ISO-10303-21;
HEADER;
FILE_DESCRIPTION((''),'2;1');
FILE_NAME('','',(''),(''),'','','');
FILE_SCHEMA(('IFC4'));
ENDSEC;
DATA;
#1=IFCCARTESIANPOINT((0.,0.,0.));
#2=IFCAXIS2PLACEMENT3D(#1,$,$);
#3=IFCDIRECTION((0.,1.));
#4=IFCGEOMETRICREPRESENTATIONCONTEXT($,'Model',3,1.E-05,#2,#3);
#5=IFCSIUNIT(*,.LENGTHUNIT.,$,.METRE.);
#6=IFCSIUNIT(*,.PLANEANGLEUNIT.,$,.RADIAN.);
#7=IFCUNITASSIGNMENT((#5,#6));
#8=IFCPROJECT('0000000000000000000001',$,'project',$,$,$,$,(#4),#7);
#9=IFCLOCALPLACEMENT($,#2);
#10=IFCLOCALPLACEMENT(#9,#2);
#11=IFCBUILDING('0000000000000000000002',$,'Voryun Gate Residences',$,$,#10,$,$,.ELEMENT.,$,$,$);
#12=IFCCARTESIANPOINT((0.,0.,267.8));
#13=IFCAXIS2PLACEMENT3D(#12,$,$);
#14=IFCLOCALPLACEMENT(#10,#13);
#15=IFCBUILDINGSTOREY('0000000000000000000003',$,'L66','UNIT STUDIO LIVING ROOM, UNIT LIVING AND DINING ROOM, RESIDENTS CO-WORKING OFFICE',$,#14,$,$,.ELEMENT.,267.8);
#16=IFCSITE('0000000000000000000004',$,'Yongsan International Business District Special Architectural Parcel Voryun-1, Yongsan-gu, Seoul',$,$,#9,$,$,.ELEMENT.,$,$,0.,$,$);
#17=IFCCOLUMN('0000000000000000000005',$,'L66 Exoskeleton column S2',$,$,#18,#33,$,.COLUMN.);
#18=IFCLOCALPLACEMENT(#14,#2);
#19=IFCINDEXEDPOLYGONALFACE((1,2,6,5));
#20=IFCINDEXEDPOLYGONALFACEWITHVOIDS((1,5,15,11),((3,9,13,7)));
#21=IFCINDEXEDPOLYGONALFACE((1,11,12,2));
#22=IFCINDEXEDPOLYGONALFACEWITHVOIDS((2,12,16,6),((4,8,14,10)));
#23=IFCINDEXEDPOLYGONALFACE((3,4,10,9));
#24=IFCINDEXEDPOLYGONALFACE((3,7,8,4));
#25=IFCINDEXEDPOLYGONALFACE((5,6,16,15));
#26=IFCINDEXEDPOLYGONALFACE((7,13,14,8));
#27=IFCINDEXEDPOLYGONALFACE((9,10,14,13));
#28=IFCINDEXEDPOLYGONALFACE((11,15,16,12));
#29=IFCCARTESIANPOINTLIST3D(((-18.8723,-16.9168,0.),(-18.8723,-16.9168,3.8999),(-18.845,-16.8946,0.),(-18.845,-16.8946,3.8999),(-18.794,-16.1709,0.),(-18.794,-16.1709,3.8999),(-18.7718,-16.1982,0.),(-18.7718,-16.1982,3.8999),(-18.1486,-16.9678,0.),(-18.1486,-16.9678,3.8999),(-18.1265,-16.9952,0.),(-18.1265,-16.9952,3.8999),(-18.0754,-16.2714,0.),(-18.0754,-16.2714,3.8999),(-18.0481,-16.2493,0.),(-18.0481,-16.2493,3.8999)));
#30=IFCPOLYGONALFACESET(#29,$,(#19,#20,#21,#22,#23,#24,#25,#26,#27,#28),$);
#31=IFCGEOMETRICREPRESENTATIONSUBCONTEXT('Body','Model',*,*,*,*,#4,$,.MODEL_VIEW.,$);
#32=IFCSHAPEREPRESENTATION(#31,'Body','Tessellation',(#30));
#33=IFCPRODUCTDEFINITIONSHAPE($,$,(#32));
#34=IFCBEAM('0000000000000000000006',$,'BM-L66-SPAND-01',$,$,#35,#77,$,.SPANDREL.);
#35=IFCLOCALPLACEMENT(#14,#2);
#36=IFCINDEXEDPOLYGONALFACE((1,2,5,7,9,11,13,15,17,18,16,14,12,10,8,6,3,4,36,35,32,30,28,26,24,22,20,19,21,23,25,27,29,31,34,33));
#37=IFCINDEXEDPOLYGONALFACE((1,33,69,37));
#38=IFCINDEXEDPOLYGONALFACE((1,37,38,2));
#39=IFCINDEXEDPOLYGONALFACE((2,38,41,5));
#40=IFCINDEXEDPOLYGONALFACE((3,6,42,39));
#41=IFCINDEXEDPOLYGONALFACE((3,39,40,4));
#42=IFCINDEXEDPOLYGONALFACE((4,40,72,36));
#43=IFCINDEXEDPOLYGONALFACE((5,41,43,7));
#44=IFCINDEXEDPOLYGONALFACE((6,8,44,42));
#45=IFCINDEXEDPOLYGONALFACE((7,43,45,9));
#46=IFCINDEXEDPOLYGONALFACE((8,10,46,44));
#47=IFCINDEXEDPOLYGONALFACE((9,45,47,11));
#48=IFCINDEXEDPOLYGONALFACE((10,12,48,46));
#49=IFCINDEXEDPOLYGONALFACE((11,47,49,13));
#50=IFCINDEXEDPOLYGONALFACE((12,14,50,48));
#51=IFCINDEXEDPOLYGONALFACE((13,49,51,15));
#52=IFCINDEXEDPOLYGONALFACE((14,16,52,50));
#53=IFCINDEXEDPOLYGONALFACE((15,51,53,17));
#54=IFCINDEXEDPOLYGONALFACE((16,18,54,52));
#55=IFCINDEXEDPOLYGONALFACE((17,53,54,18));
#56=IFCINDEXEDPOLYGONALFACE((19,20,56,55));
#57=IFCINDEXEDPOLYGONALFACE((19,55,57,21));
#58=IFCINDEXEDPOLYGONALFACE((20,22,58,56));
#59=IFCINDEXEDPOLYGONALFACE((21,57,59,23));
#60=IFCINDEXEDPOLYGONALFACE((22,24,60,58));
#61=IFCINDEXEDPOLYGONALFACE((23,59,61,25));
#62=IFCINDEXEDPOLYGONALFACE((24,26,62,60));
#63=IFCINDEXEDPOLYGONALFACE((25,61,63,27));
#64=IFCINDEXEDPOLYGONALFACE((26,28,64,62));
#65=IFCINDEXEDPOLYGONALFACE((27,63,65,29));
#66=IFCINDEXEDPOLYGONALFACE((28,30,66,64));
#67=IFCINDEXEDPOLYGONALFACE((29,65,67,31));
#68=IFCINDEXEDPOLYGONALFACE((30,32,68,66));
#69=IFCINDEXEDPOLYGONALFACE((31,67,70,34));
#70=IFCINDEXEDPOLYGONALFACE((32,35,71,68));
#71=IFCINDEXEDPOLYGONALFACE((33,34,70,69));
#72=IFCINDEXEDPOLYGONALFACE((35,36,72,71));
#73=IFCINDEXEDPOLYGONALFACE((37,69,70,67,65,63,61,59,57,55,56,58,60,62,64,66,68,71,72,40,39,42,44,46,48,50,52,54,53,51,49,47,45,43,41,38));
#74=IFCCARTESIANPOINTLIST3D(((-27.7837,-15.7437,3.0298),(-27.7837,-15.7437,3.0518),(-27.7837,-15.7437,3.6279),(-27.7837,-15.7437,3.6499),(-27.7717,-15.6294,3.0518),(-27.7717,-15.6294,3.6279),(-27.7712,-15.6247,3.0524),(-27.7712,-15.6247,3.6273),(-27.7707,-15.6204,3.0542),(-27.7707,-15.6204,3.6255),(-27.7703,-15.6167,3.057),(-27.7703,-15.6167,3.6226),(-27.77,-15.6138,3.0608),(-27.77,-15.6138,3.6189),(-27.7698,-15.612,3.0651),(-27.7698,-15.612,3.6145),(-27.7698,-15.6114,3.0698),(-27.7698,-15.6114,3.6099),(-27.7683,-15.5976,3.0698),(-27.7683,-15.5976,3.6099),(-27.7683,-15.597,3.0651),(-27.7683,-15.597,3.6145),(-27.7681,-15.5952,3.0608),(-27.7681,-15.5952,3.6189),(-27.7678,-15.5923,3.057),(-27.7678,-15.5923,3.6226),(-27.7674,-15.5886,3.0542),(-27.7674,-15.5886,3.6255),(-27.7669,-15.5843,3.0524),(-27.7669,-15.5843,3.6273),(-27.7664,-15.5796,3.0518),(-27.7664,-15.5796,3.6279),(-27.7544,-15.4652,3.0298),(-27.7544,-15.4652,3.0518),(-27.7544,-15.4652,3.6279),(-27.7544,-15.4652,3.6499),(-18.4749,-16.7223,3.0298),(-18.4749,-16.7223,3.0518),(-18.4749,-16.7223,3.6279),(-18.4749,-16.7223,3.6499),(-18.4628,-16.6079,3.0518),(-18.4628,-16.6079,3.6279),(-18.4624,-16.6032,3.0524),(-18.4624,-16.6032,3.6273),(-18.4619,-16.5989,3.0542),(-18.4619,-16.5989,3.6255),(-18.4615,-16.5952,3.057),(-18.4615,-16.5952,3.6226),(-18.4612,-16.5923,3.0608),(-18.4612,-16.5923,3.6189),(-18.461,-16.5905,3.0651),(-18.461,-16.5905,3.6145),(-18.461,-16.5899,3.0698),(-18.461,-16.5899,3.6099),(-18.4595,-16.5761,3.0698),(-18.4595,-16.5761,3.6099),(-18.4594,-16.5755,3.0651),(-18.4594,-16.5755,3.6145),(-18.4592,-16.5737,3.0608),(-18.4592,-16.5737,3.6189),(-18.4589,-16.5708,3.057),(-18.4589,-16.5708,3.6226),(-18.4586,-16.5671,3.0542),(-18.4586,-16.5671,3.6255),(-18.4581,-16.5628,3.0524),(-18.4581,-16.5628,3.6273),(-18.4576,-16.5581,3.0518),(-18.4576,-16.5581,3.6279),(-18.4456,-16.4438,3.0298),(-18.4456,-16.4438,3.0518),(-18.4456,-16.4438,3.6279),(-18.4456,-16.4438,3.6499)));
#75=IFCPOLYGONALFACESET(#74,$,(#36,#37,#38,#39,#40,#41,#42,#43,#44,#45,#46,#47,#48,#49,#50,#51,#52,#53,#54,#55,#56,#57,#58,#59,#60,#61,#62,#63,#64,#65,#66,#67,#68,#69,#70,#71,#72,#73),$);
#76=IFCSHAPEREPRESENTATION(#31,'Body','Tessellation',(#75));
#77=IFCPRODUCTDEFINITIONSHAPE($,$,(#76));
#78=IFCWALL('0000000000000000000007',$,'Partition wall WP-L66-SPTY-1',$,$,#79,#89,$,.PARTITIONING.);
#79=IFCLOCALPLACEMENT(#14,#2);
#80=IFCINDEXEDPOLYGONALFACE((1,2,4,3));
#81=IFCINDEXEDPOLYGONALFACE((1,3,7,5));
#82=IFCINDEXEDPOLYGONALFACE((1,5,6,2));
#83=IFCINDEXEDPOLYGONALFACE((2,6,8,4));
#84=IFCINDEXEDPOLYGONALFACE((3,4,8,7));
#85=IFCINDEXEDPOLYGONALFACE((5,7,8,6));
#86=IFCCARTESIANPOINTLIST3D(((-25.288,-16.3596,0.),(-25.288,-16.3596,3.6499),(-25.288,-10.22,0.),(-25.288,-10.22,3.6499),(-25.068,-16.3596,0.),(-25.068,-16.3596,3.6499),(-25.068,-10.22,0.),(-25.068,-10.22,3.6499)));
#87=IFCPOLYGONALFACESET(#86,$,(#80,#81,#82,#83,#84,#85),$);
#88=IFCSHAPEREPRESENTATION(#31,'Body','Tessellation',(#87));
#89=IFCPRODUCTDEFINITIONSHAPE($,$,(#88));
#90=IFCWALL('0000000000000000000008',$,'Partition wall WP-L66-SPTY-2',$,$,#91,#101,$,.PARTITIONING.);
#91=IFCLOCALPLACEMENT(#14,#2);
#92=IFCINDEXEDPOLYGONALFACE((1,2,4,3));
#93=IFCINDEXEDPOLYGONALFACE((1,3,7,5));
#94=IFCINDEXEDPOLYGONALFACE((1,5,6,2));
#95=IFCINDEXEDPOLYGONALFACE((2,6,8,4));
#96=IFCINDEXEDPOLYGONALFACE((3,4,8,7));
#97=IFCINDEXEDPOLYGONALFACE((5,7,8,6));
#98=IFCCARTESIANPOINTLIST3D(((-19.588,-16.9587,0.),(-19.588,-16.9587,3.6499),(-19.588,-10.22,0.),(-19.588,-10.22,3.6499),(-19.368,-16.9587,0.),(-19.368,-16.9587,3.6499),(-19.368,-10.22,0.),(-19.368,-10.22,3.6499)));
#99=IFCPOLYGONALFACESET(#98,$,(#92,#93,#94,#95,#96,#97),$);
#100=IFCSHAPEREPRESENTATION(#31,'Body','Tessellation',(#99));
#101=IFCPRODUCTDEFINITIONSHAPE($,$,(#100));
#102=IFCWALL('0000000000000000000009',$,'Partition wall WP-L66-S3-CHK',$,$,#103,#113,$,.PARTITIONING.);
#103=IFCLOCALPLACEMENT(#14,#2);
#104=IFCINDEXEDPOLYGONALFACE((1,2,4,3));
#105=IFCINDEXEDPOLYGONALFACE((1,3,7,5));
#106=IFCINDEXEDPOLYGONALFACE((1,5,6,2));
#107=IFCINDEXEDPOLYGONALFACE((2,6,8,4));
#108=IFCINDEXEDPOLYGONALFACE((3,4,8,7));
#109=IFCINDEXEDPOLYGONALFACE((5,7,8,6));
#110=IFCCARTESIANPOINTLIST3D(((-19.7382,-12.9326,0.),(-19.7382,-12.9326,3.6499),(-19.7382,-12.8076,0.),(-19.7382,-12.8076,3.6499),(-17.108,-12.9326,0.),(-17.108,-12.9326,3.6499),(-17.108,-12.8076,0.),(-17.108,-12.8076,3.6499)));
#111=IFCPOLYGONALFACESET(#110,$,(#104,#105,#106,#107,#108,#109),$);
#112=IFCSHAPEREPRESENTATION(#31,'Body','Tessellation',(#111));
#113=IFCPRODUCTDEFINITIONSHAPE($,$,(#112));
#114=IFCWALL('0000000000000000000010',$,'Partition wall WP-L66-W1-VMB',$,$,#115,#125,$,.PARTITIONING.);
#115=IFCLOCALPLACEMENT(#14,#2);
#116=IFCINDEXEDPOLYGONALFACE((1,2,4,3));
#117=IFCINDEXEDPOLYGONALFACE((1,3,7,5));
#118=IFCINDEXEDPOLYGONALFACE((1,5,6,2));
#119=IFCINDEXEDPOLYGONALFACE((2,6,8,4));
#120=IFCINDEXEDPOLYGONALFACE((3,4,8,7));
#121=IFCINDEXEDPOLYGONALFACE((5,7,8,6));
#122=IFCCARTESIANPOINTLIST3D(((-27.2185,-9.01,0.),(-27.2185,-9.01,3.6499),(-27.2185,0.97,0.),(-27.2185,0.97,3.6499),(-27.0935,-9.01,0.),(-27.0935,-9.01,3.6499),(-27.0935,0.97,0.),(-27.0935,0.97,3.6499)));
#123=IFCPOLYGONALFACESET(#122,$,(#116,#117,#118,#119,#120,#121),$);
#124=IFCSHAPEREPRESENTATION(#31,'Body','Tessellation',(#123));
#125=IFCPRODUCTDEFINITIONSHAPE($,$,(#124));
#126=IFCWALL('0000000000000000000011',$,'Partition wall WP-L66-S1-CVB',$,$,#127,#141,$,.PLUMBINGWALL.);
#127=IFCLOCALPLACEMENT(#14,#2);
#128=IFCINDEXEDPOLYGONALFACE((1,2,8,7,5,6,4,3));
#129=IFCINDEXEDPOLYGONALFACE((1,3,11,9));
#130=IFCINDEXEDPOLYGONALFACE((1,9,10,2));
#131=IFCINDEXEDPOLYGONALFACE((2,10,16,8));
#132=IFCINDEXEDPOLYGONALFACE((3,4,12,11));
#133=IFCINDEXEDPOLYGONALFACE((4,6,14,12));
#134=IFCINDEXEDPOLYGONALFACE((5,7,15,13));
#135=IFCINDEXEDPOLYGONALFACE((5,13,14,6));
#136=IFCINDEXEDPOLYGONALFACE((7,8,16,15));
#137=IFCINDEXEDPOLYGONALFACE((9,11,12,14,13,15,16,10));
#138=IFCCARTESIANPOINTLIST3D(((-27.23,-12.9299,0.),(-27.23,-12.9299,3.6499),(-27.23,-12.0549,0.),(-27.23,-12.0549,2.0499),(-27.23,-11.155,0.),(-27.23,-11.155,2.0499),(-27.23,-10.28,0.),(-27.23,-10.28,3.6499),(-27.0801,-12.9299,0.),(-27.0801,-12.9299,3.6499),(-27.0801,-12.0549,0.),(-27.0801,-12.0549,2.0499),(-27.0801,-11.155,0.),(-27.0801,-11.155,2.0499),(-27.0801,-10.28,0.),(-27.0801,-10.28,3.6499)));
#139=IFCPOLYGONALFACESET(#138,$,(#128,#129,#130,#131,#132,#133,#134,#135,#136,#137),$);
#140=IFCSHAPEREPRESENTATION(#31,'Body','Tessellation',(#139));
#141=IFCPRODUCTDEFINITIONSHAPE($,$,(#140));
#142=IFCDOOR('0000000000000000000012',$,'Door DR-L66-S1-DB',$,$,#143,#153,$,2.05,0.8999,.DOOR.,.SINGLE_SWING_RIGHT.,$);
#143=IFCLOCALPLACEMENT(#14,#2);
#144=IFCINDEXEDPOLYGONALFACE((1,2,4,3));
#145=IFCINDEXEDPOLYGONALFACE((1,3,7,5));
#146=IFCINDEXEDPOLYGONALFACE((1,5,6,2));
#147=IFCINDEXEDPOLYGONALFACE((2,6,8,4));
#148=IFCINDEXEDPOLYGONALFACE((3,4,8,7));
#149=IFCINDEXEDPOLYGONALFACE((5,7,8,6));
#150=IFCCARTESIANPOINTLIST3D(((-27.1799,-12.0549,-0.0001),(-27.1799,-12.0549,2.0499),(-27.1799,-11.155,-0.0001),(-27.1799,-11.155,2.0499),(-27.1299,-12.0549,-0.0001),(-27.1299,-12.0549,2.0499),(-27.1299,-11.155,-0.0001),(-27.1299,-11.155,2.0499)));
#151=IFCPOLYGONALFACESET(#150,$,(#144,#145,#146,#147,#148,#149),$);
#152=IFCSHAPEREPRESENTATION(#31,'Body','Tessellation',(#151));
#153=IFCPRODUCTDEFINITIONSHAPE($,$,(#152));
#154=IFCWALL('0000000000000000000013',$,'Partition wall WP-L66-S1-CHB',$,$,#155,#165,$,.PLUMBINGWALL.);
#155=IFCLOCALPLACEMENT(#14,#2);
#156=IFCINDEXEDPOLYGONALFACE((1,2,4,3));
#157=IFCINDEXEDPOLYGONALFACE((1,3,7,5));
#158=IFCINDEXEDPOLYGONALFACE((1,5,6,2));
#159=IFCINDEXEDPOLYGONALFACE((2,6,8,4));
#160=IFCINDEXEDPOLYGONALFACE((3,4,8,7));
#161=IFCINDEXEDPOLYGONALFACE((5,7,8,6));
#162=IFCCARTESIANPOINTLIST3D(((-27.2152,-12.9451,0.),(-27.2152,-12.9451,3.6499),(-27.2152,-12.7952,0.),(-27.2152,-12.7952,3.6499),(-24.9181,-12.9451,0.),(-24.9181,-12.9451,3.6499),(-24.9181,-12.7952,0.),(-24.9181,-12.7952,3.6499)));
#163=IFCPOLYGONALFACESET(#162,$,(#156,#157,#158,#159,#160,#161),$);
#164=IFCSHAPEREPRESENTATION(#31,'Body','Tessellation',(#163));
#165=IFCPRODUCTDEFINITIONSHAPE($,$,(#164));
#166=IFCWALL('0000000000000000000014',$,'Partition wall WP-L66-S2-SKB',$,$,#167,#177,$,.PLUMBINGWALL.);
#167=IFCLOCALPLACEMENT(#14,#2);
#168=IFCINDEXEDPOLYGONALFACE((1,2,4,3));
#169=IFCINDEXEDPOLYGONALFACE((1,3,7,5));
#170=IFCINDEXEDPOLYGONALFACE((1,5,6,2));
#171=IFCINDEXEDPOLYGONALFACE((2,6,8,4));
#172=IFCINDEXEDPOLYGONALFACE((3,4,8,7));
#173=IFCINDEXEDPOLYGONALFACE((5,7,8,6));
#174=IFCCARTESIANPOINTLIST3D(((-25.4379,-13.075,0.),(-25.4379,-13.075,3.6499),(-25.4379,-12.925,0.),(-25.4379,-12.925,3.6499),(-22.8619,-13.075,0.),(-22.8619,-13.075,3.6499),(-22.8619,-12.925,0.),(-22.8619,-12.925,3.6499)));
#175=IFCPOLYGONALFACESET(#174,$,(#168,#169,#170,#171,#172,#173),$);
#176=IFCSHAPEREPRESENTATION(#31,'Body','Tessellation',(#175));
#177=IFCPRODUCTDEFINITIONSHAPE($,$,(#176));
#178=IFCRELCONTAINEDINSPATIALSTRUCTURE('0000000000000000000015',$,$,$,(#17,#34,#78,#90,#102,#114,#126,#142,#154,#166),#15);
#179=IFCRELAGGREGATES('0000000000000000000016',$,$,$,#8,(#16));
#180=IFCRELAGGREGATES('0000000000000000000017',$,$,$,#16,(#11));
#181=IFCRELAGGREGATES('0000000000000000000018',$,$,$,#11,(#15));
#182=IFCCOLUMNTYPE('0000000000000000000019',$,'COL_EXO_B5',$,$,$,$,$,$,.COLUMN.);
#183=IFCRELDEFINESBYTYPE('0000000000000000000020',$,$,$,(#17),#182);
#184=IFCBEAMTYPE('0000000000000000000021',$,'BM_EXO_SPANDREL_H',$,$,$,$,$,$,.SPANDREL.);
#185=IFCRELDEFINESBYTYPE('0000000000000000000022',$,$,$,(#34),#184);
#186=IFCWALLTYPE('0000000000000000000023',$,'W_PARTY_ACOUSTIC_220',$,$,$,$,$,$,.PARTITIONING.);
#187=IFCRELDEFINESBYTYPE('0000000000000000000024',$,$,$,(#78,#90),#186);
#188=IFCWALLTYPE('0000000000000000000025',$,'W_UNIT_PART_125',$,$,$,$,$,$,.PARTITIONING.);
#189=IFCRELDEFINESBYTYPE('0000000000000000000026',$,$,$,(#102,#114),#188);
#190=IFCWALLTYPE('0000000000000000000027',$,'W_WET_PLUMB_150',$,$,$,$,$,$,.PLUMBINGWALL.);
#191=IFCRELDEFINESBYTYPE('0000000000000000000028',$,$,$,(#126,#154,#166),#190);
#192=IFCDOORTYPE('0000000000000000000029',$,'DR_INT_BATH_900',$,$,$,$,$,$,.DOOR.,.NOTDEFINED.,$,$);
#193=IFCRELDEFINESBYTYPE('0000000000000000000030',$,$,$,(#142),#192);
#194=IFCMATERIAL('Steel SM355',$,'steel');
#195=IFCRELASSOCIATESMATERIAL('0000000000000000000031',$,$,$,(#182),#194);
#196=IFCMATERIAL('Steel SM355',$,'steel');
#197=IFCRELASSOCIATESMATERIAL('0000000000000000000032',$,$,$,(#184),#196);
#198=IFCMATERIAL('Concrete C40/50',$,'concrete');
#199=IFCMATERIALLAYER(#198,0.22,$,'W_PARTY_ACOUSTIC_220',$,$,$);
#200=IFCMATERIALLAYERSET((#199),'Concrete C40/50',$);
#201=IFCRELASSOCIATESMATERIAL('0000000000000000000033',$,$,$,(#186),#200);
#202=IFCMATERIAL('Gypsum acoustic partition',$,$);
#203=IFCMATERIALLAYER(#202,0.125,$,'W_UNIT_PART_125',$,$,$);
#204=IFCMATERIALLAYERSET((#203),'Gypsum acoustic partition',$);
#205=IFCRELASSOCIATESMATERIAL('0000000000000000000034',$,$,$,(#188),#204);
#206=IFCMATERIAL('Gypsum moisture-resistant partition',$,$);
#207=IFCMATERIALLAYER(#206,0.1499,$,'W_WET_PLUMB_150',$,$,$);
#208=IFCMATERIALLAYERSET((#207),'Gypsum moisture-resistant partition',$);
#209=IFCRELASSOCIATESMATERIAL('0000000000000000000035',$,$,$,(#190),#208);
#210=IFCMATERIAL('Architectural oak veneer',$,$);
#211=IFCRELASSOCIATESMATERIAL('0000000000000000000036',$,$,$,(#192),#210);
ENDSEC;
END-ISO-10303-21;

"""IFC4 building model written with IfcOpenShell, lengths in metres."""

from ifc_helpers import new_model, si_unit, direction, frame, frame_2d, origin, origin_2d, place, context, subcontext, project, spatial, rectangle, hollow_rectangle, i_section, extrude, material, layer, layer_set, material_profile, profile_set, type_object, element, fill, save


model = new_model("IFC4")

# Units and contexts
model_context = context("Model", 3, precision=1e-05, world=origin(), true_north=direction((0.0, 1.0)))
body_context = subcontext(model_context, "Body", "Model", "MODEL_VIEW")
ifc_project = project(units=[si_unit("LENGTHUNIT", "METRE"), si_unit("PLANEANGLEUNIT", "RADIAN")], contexts=[model_context])

# Site, building, storey
site_placement = place(None, origin())
site = spatial("IfcSite", under=ifc_project, at=site_placement, Name="Yongsan International Business District Special Architectural Parcel Voryun-1, Yongsan-gu, Seoul", CompositionType="ELEMENT", RefElevation=0.0)
building_placement = place(site_placement, origin())
building = spatial("IfcBuilding", under=site, at=building_placement, Name="Voryun Gate Residences", CompositionType="ELEMENT")
storey_placement = place(building_placement, frame((0.0, 0.0, 267.8)))
storey = spatial("IfcBuildingStorey", under=building, at=storey_placement, Name="L66", Description="UNIT STUDIO LIVING ROOM, UNIT LIVING AND DINING ROOM, RESIDENTS CO-WORKING OFFICE", CompositionType="ELEMENT", Elevation=267.8)

# Column
ifc_material_1 = material(Name="Steel SM355", Category="steel")
ifc_material_profile_1 = material_profile(ifc_material_1, hollow_rectangle(XDim=0.75, YDim=0.75, WallThickness=0.0249, at=origin_2d()), Name="BOX-750x750x25")
ifc_profile_set_1 = profile_set([ifc_material_profile_1], Name="Steel SM355")
column_type = type_object("IfcColumnType", Name="COL_EXO_B5", PredefinedType="COLUMN", material=ifc_profile_set_1)
column_placement = place(storey_placement, frame((-18.4602, -16.583, 0.0), z_axis=(0.0, 0.0, 1.0), x_axis=(0.994522, -0.104528, 0.0)))
element("IfcColumn", 1, at=column_placement, inside=storey, type_object=column_type, Name="L66 Exoskeleton column S2", PredefinedType="COLUMN", context=body_context, shape_type="SweptSolid", body=[
    extrude(hollow_rectangle(XDim=0.75, YDim=0.75, WallThickness=0.0249, at=origin_2d()), origin(), (0.0, 0.0, 1.0), 3.8999),
])

# Beam
ifc_material_2 = material(Name="Steel SM355", Category="steel")
ifc_material_profile_2 = material_profile(ifc_material_2, i_section(OverallWidth=0.28, OverallDepth=0.6201, WebThickness=0.0139, FlangeThickness=0.022, FilletRadius=0.0181, at=origin_2d()), Name="H-620x280x14x22")
ifc_profile_set_2 = profile_set([ifc_material_profile_2], Name="Steel SM355")
beam_type = type_object("IfcBeamType", Name="BM_EXO_SPANDREL_H", PredefinedType="SPANDREL", material=ifc_profile_set_2)
beam_placement = place(storey_placement, frame((-27.769, -15.6045, 3.3398), z_axis=(0.994521, -0.104541, 0.0), x_axis=(0.104541, 0.994521, 0.0)))
element("IfcBeam", 2, at=beam_placement, inside=storey, type_object=beam_type, Name="BM-L66-SPAND-01", PredefinedType="SPANDREL", context=body_context, shape_type="SweptSolid", body=[
    extrude(i_section(OverallWidth=0.28, OverallDepth=0.6201, WebThickness=0.0139, FlangeThickness=0.022, FilletRadius=0.0181, at=origin_2d()), origin(), (0.0, 0.0, 1.0), 9.3601),
])

# Walls
ifc_material_3 = material(Name="Concrete C40/50", Category="concrete")
ifc_layer_1 = layer(ifc_material_3, 0.22, Name="W_PARTY_ACOUSTIC_220")
ifc_layer_set_1 = layer_set([ifc_layer_1], Name="Concrete C40/50")
wall_type_1 = type_object("IfcWallType", Name="W_PARTY_ACOUSTIC_220", PredefinedType="PARTITIONING", material=ifc_layer_set_1)
wall_1_placement = place(storey_placement, frame((-25.178, -16.3596, 0.0), z_axis=(0.0, 0.0, 1.0), x_axis=(0.0, 1.0, 0.0)))
element("IfcWall", 3, at=wall_1_placement, inside=storey, type_object=wall_type_1, Name="Partition wall WP-L66-SPTY-1", PredefinedType="PARTITIONING", context=body_context, shape_type="SweptSolid", body=[
    extrude(rectangle(XDim=6.1396, YDim=0.22, at=frame_2d((3.0698, 0.0))), origin(), (0.0, 0.0, 1.0), 3.6499),
])
wall_2_placement = place(storey_placement, frame((-19.478, -16.9587, 0.0), z_axis=(0.0, 0.0, 1.0), x_axis=(0.0, 1.0, 0.0)))
element("IfcWall", 4, at=wall_2_placement, inside=storey, type_object=wall_type_1, Name="Partition wall WP-L66-SPTY-2", PredefinedType="PARTITIONING", context=body_context, shape_type="SweptSolid", body=[
    extrude(rectangle(XDim=6.7388, YDim=0.22, at=frame_2d((3.3694, 0.0))), origin(), (0.0, 0.0, 1.0), 3.6499),
])
ifc_material_4 = material(Name="Gypsum acoustic partition")
ifc_layer_2 = layer(ifc_material_4, 0.125, Name="W_UNIT_PART_125")
ifc_layer_set_2 = layer_set([ifc_layer_2], Name="Gypsum acoustic partition")
wall_type_2 = type_object("IfcWallType", Name="W_UNIT_PART_125", PredefinedType="PARTITIONING", material=ifc_layer_set_2)
wall_3_placement = place(storey_placement, frame((-19.738, -12.8701, 0.0), z_axis=(0.0, 0.0, 1.0), x_axis=(1.0, 0.0, 0.0)))
element("IfcWall", 5, at=wall_3_placement, inside=storey, type_object=wall_type_2, Name="Partition wall WP-L66-S3-CHK", PredefinedType="PARTITIONING", context=body_context, shape_type="SweptSolid", body=[
    extrude(rectangle(XDim=2.6301, YDim=0.125, at=frame_2d((1.3149, 0.0))), origin(), (0.0, 0.0, 1.0), 3.6499),
])
wall_4_placement = place(storey_placement, frame((-27.156, -9.01, 0.0), z_axis=(0.0, 0.0, 1.0), x_axis=(0.0, 1.0, 0.0)))
element("IfcWall", 6, at=wall_4_placement, inside=storey, type_object=wall_type_2, Name="Partition wall WP-L66-W1-VMB", PredefinedType="PARTITIONING", context=body_context, shape_type="SweptSolid", body=[
    extrude(rectangle(XDim=9.98, YDim=0.125, at=frame_2d((4.99, 0.0))), origin(), (0.0, 0.0, 1.0), 3.6499),
])

# Wall, opening, door
ifc_material_5 = material(Name="Gypsum moisture-resistant partition")
ifc_layer_3 = layer(ifc_material_5, 0.1499, Name="W_WET_PLUMB_150")
ifc_layer_set_3 = layer_set([ifc_layer_3], Name="Gypsum moisture-resistant partition")
wall_type_3 = type_object("IfcWallType", Name="W_WET_PLUMB_150", PredefinedType="PLUMBINGWALL", material=ifc_layer_set_3)
wall_5_placement = place(storey_placement, frame((-27.155, -12.9299, 0.0), z_axis=(0.0, 0.0, 1.0), x_axis=(0.0, 1.0, 0.0)))
wall_5 = element("IfcWall", 7, at=wall_5_placement, inside=storey, type_object=wall_type_3, Name="Partition wall WP-L66-S1-CVB", PredefinedType="PLUMBINGWALL", context=body_context, shape_type="SweptSolid", body=[
    extrude(rectangle(XDim=2.6499, YDim=0.1499, at=frame_2d((1.325, 0.0))), origin(), (0.0, 0.0, 1.0), 3.6499),
])
opening_1_placement = place(wall_5_placement, frame((0.875, 0.0, 0.0)))
opening_1 = element("IfcOpeningElement", 8, at=opening_1_placement, cuts=wall_5, PredefinedType="OPENING", context=body_context, shape_type="SweptSolid", body=[
    extrude(rectangle(XDim=0.8999, YDim=2.05, at=frame_2d((0.45, 1.0249))), frame((0.0, 0.085, 0.0), z_axis=(0.0, -1.0, 0.0), x_axis=(1.0, 0.0, 0.0)), (0.0, 0.0, 1.0), 0.1699),
])
ifc_material_6 = material(Name="Architectural oak veneer")
door_type = type_object("IfcDoorType", Name="DR_INT_BATH_900", OperationType="NOTDEFINED", PredefinedType="DOOR", material=ifc_material_6)
door_1_placement = place(opening_1_placement, origin())
door_1 = element("IfcDoor", 9, at=door_1_placement, inside=storey, type_object=door_type, Name="Door DR-L66-S1-DB", OperationType="SINGLE_SWING_RIGHT", OverallHeight=2.05, OverallWidth=0.8999, PredefinedType="DOOR", context=body_context, shape_type="SweptSolid", body=[
    extrude(rectangle(XDim=0.8999, YDim=2.05, at=frame_2d((0.45, 1.0249))), frame((0.0, 0.0249, 0.0), z_axis=(0.0, -1.0, 0.0), x_axis=(1.0, 0.0, 0.0)), (0.0, 0.0, 1.0), 0.05),
])
fill(opening_1, door_1)

# Walls
wall_6_placement = place(storey_placement, frame((-27.2151, -12.8701, 0.0), z_axis=(0.0, 0.0, 1.0), x_axis=(1.0, 0.0, 0.0)))
element("IfcWall", 10, at=wall_6_placement, inside=storey, type_object=wall_type_3, Name="Partition wall WP-L66-S1-CHB", PredefinedType="PLUMBINGWALL", context=body_context, shape_type="SweptSolid", body=[
    extrude(rectangle(XDim=2.2971, YDim=0.1499, at=frame_2d((1.1484, 0.0))), origin(), (0.0, 0.0, 1.0), 3.6499),
])
wall_7_placement = place(storey_placement, frame((-25.438, -13.0, 0.0), z_axis=(0.0, 0.0, 1.0), x_axis=(1.0, 0.0, 0.0)))
element("IfcWall", 11, at=wall_7_placement, inside=storey, type_object=wall_type_3, Name="Partition wall WP-L66-S2-SKB", PredefinedType="PLUMBINGWALL", context=body_context, shape_type="SweptSolid", body=[
    extrude(rectangle(XDim=2.5759, YDim=0.1499, at=frame_2d((1.2881, 0.0))), origin(), (0.0, 0.0, 1.0), 3.6499),
])

save(model, "model.ifc")
